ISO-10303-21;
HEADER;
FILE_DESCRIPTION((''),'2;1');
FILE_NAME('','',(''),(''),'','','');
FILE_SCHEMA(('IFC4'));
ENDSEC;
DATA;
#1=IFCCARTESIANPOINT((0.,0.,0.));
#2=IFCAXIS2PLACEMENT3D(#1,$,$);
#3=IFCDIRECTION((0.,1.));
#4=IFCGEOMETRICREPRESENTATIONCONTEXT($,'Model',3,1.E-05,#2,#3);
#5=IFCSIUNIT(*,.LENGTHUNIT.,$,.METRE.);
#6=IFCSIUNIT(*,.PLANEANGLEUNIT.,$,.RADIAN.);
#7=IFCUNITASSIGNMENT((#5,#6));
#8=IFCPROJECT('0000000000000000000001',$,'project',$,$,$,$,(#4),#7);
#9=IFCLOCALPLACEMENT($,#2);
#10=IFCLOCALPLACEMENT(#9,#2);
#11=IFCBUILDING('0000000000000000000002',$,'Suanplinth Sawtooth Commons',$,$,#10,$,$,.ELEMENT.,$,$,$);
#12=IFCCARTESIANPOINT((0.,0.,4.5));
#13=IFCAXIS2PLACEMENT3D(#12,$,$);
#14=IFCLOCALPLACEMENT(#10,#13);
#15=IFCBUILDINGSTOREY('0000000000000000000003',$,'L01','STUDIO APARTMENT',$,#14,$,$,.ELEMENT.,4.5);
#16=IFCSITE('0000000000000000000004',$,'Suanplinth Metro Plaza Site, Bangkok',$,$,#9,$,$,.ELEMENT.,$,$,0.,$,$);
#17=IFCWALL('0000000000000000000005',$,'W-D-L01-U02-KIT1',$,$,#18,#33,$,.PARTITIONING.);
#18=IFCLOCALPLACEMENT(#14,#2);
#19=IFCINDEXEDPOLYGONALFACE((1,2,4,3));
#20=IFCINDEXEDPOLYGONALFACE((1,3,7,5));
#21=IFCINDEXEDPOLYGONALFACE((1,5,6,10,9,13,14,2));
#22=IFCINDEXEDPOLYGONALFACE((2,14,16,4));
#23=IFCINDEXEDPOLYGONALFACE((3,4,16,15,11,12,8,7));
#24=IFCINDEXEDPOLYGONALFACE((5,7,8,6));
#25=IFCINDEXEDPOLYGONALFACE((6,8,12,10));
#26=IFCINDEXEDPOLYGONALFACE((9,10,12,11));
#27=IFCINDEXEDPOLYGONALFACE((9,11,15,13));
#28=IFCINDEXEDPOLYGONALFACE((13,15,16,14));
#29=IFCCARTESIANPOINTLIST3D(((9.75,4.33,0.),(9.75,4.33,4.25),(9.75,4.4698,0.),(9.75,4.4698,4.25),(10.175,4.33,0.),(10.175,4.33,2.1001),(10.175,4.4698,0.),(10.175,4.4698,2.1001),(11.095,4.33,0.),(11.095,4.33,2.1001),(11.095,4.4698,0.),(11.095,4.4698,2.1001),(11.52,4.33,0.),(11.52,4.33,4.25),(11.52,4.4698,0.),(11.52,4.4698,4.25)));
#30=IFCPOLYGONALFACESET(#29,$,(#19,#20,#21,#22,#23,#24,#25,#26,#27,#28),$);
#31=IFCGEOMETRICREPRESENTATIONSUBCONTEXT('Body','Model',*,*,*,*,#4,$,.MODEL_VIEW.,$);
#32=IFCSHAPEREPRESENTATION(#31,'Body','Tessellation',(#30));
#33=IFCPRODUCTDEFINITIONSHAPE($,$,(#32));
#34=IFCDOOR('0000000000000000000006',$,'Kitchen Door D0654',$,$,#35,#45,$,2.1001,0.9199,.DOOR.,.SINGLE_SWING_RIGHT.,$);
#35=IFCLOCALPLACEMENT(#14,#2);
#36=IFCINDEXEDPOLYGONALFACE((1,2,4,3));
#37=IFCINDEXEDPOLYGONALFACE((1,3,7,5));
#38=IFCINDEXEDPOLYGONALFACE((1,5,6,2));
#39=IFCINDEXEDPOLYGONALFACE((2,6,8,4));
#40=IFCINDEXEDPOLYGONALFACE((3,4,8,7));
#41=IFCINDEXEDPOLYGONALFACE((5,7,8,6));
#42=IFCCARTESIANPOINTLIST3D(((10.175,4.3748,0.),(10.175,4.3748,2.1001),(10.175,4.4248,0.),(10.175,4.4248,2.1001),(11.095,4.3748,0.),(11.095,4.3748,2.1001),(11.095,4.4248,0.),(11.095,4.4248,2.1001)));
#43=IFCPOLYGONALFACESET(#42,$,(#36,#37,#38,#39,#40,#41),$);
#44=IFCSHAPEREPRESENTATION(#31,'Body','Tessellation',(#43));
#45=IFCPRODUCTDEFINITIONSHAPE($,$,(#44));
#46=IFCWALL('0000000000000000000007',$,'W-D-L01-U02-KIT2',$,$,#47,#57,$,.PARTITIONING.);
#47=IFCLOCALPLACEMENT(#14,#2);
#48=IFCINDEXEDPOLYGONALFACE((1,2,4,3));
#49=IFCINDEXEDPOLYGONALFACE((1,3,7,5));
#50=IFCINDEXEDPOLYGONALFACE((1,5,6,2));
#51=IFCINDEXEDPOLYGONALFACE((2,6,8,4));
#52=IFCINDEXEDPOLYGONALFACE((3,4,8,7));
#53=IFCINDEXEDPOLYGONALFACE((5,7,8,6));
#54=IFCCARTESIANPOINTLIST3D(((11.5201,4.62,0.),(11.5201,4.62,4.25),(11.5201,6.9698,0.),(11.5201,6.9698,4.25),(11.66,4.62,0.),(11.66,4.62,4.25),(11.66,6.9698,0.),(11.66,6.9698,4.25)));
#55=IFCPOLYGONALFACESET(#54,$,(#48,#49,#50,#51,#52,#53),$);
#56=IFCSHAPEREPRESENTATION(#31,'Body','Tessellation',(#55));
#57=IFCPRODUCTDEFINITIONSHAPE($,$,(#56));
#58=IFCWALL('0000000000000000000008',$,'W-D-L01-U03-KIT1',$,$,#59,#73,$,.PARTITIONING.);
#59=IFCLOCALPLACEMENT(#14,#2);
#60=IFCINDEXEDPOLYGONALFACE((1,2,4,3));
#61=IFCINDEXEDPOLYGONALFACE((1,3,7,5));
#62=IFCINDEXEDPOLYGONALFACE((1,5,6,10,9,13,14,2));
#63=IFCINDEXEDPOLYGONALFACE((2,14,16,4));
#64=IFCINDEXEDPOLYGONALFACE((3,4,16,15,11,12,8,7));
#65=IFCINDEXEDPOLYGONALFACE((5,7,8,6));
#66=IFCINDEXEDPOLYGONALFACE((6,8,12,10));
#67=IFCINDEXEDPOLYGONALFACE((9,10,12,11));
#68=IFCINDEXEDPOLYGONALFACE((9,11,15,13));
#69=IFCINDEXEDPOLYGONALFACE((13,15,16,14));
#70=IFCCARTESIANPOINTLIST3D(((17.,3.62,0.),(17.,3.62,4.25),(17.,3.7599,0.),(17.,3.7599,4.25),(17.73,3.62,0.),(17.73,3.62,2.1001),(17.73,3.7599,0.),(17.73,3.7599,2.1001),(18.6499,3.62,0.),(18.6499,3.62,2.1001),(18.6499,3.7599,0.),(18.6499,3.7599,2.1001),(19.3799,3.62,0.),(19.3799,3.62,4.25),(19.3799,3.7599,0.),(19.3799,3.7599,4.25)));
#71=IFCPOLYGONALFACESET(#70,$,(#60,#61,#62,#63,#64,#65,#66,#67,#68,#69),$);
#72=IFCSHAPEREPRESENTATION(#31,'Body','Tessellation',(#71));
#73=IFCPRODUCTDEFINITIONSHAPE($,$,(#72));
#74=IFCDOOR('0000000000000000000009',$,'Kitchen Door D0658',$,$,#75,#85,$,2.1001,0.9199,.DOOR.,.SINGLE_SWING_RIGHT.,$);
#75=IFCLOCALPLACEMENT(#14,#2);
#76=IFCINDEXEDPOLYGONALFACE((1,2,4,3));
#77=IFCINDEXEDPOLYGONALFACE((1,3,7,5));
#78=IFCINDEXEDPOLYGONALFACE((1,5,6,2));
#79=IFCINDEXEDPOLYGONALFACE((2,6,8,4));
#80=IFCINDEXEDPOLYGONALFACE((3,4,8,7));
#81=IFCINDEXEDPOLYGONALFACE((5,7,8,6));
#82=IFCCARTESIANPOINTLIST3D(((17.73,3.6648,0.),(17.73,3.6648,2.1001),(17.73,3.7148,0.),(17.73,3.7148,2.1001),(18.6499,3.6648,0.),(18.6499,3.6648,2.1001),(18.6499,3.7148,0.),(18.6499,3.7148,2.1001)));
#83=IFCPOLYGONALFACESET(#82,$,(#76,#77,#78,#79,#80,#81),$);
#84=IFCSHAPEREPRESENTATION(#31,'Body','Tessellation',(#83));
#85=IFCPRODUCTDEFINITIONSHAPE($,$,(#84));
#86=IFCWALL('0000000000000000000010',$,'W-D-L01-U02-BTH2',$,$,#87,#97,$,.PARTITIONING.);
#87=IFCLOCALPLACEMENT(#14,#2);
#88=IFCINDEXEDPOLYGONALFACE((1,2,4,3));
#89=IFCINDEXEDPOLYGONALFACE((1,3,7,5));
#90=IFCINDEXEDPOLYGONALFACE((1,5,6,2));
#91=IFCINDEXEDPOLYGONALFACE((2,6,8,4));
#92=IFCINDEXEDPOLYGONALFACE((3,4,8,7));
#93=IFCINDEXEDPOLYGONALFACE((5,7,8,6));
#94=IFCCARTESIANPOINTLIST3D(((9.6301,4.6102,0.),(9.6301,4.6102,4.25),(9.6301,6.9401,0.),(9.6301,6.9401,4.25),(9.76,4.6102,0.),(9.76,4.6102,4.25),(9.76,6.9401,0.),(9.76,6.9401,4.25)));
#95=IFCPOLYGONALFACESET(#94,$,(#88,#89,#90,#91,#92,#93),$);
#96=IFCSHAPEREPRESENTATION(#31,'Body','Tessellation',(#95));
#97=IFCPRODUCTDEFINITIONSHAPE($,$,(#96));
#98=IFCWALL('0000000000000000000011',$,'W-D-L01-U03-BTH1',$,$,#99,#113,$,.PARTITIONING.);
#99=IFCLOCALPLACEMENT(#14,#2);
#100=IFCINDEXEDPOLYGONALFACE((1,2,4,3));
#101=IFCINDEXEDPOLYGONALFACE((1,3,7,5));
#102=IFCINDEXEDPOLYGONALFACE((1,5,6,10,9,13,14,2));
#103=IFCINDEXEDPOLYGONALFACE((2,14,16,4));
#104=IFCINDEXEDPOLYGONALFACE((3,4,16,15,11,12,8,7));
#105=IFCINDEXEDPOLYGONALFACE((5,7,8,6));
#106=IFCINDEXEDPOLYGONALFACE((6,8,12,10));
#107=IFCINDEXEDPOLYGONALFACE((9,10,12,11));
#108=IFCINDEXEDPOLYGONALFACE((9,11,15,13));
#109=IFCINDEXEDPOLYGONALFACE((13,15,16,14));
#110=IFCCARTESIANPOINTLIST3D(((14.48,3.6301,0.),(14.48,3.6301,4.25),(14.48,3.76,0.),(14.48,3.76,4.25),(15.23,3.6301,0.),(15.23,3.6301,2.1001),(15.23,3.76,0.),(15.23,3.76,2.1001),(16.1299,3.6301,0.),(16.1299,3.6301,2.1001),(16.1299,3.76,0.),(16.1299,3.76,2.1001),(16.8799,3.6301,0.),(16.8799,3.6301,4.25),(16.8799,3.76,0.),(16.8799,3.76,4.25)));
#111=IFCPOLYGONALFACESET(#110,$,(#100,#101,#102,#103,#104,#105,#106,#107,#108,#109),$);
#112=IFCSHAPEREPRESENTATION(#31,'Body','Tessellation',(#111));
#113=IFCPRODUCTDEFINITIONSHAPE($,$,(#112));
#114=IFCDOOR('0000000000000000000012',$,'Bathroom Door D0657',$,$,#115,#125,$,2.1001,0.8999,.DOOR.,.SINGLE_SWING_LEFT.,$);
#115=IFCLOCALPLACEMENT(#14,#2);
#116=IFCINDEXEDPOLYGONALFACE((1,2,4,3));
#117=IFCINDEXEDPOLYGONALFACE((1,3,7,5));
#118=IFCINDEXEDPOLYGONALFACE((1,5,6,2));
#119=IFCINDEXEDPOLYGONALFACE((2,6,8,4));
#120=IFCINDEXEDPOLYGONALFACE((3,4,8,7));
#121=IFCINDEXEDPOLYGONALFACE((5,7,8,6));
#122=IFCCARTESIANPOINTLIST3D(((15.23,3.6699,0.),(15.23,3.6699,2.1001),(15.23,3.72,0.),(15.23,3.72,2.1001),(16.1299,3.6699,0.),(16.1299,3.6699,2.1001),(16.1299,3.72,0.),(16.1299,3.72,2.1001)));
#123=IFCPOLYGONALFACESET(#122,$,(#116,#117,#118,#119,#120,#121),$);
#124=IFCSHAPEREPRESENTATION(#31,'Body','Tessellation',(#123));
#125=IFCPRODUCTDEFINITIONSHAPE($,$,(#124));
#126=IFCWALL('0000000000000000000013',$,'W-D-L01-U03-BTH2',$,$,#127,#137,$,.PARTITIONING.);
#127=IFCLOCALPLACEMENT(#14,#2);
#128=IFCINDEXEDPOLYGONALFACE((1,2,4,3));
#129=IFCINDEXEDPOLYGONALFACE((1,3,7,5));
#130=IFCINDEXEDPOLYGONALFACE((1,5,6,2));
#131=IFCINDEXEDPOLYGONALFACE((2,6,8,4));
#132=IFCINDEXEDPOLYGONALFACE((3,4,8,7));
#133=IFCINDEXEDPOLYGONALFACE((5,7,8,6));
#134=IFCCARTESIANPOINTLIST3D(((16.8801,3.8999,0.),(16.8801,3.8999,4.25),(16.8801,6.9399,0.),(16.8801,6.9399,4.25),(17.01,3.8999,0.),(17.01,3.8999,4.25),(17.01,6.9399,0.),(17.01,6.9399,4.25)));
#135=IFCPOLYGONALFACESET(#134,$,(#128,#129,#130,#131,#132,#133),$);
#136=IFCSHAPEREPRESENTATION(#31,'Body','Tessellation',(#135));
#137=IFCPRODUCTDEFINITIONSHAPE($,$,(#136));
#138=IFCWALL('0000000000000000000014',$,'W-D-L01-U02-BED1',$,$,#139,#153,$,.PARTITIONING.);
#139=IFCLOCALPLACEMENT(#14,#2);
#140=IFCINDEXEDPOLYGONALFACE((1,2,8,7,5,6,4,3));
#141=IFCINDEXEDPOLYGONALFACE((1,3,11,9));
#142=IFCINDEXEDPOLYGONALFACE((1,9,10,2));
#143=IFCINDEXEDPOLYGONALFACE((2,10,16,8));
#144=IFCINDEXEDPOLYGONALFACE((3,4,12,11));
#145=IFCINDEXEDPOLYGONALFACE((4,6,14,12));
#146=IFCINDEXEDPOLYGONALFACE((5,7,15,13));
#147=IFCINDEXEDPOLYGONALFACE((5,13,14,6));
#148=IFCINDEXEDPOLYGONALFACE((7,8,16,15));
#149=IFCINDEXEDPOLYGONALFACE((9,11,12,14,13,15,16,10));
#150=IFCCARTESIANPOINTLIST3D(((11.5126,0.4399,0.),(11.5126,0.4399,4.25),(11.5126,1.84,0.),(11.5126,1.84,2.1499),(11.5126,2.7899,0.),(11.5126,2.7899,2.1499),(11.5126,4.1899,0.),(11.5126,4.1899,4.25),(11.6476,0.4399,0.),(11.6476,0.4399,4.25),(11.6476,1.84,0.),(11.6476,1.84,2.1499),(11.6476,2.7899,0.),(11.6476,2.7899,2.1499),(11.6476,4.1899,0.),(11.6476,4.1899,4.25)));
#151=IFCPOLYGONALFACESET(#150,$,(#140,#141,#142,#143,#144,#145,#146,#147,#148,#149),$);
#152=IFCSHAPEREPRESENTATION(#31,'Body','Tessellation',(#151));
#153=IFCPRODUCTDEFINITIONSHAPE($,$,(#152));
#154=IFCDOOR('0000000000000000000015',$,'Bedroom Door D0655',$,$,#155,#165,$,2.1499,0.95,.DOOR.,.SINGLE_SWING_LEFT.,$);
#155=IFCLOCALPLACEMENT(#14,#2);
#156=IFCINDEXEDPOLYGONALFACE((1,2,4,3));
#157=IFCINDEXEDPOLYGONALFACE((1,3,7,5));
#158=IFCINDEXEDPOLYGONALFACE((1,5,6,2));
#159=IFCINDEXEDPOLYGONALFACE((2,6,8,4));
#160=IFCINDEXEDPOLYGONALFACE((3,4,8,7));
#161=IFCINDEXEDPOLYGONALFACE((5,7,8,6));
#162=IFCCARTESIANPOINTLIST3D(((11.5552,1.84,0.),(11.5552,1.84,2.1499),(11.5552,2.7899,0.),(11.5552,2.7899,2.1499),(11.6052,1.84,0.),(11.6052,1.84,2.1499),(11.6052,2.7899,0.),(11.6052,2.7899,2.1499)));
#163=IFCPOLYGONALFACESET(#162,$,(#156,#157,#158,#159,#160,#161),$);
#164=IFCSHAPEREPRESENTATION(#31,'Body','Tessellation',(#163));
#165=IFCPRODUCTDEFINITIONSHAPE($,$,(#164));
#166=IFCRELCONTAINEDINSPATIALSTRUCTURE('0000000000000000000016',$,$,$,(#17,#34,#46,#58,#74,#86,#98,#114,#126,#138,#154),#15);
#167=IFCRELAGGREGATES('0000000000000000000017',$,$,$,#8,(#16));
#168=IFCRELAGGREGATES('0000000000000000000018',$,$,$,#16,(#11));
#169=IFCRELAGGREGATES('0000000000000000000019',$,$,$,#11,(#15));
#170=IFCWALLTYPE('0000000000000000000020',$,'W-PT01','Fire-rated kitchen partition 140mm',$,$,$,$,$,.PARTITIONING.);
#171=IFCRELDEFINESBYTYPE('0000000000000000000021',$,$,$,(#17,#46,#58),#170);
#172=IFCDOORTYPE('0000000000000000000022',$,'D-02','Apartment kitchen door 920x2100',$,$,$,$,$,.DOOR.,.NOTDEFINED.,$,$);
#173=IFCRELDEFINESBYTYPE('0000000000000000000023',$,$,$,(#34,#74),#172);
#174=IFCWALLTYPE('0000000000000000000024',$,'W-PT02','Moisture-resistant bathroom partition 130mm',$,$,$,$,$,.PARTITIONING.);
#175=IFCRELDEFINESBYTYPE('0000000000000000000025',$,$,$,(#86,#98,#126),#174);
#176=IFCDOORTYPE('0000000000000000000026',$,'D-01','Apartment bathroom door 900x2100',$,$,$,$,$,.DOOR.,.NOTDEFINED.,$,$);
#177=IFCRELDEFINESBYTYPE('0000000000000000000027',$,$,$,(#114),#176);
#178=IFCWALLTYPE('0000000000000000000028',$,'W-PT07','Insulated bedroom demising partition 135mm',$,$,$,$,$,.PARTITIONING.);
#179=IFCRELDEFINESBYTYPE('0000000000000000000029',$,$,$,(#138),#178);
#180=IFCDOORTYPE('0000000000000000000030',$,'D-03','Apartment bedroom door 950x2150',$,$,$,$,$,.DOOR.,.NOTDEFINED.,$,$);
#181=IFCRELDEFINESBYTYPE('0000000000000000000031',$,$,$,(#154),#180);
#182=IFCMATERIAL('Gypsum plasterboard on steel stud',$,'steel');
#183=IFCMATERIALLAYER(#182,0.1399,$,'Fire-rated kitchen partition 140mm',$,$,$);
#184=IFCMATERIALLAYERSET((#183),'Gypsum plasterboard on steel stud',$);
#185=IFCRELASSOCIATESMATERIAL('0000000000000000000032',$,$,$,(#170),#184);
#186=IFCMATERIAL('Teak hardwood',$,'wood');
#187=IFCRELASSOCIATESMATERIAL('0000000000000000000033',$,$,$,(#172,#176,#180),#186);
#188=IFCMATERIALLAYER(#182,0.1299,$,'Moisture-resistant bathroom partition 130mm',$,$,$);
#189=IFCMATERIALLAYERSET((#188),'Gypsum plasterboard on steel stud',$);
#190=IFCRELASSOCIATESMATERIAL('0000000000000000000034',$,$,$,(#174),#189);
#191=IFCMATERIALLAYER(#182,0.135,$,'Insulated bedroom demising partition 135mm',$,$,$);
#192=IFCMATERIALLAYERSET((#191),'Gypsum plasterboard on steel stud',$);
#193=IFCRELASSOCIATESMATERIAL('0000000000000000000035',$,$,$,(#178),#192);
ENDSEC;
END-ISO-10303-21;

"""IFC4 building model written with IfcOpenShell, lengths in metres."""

from ifc_helpers import new_model, si_unit, direction, frame, frame_2d, origin, place, context, subcontext, project, spatial, rectangle, extrude, material, layer, layer_set, type_object, element, fill, save


model = new_model("IFC4")

# Units and contexts
model_context = context("Model", 3, precision=1e-05, world=origin(), true_north=direction((0.0, 1.0)))
body_context = subcontext(model_context, "Body", "Model", "MODEL_VIEW")
ifc_project = project(units=[si_unit("LENGTHUNIT", "METRE"), si_unit("PLANEANGLEUNIT", "RADIAN")], contexts=[model_context])

# Site, building, storey
site_placement = place(None, origin())
site = spatial("IfcSite", under=ifc_project, at=site_placement, Name="Suanplinth Metro Plaza Site, Bangkok", CompositionType="ELEMENT", RefElevation=0.0)
building_placement = place(site_placement, origin())
building = spatial("IfcBuilding", under=site, at=building_placement, Name="Suanplinth Sawtooth Commons", CompositionType="ELEMENT")
storey_placement = place(building_placement, frame((0.0, 0.0, 4.5)))
storey = spatial("IfcBuildingStorey", under=building, at=storey_placement, Name="L01", Description="STUDIO APARTMENT", CompositionType="ELEMENT", Elevation=4.5)

# Wall, opening, door
ifc_material_1 = material(Name="Gypsum plasterboard on steel stud", Category="steel")
ifc_layer_1 = layer(ifc_material_1, 0.1399, Name="Fire-rated kitchen partition 140mm")
ifc_layer_set_1 = layer_set([ifc_layer_1], Name="Gypsum plasterboard on steel stud")
wall_type_1 = type_object("IfcWallType", Name="W-PT01", Description="Fire-rated kitchen partition 140mm", PredefinedType="PARTITIONING", material=ifc_layer_set_1)
wall_1_placement = place(storey_placement, frame((9.75, 4.3999, 0.0), z_axis=(0.0, 0.0, 1.0), x_axis=(1.0, 0.0, 0.0)))
wall_1 = element("IfcWall", 1, at=wall_1_placement, inside=storey, type_object=wall_type_1, Name="W-D-L01-U02-KIT1", PredefinedType="PARTITIONING", context=body_context, shape_type="SweptSolid", body=[
    extrude(rectangle(XDim=1.77, YDim=0.1399, at=frame_2d((0.885, 0.0))), origin(), (0.0, 0.0, 1.0), 4.25),
])
opening_1_placement = place(wall_1_placement, frame((0.425, 0.0, 0.0)))
opening_1 = element("IfcOpeningElement", 2, at=opening_1_placement, cuts=wall_1, PredefinedType="OPENING", context=body_context, shape_type="SweptSolid", body=[
    extrude(rectangle(XDim=0.9199, YDim=2.1001, at=frame_2d((0.46, 1.05))), frame((0.0, 0.085, 0.0), z_axis=(0.0, -1.0, 0.0), x_axis=(1.0, 0.0, 0.0)), (0.0, 0.0, 1.0), 0.1697),
])
ifc_material_2 = material(Name="Teak hardwood", Category="wood")
door_type_1 = type_object("IfcDoorType", Name="D-02", Description="Apartment kitchen door 920x2100", OperationType="NOTDEFINED", PredefinedType="DOOR", material=ifc_material_2)
door_1_placement = place(opening_1_placement, origin())
door_1 = element("IfcDoor", 3, at=door_1_placement, inside=storey, type_object=door_type_1, Name="Kitchen Door D0654", OperationType="SINGLE_SWING_RIGHT", OverallHeight=2.1001, OverallWidth=0.9199, PredefinedType="DOOR", context=body_context, shape_type="SweptSolid", body=[
    extrude(rectangle(XDim=0.9199, YDim=2.1001, at=frame_2d((0.46, 1.05))), frame((0.0, 0.0249, 0.0), z_axis=(0.0, -1.0, 0.0), x_axis=(1.0, 0.0, 0.0)), (0.0, 0.0, 1.0), 0.05),
])
fill(opening_1, door_1)

# Wall
wall_2_placement = place(storey_placement, frame((11.5901, 4.6201, 0.0), z_axis=(0.0, 0.0, 1.0), x_axis=(0.0, 1.0, 0.0)))
element("IfcWall", 4, at=wall_2_placement, inside=storey, type_object=wall_type_1, Name="W-D-L01-U02-KIT2", PredefinedType="PARTITIONING", context=body_context, shape_type="SweptSolid", body=[
    extrude(rectangle(XDim=2.3499, YDim=0.1399, at=frame_2d((1.1748, 0.0))), origin(), (0.0, 0.0, 1.0), 4.25),
])

# Wall, opening, door
wall_3_placement = place(storey_placement, frame((17.0, 3.6899, 0.0), z_axis=(0.0, 0.0, 1.0), x_axis=(1.0, 0.0, 0.0)))
wall_3 = element("IfcWall", 5, at=wall_3_placement, inside=storey, type_object=wall_type_1, Name="W-D-L01-U03-KIT1", PredefinedType="PARTITIONING", context=body_context, shape_type="SweptSolid", body=[
    extrude(rectangle(XDim=2.3799, YDim=0.1399, at=frame_2d((1.1899, 0.0))), origin(), (0.0, 0.0, 1.0), 4.25),
])
opening_2_placement = place(wall_3_placement, frame((0.73, 0.0, 0.0)))
opening_2 = element("IfcOpeningElement", 6, at=opening_2_placement, cuts=wall_3, PredefinedType="OPENING", context=body_context, shape_type="SweptSolid", body=[
    extrude(rectangle(XDim=0.9199, YDim=2.1001, at=frame_2d((0.46, 1.05))), frame((0.0, 0.085, 0.0), z_axis=(0.0, -1.0, 0.0), x_axis=(1.0, 0.0, 0.0)), (0.0, 0.0, 1.0), 0.1697),
])
door_2_placement = place(opening_2_placement, origin())
door_2 = element("IfcDoor", 7, at=door_2_placement, inside=storey, type_object=door_type_1, Name="Kitchen Door D0658", OperationType="SINGLE_SWING_RIGHT", OverallHeight=2.1001, OverallWidth=0.9199, PredefinedType="DOOR", context=body_context, shape_type="SweptSolid", body=[
    extrude(rectangle(XDim=0.9199, YDim=2.1001, at=frame_2d((0.46, 1.05))), frame((0.0, 0.0249, 0.0), z_axis=(0.0, -1.0, 0.0), x_axis=(1.0, 0.0, 0.0)), (0.0, 0.0, 1.0), 0.05),
])
fill(opening_2, door_2)

# Wall
ifc_layer_2 = layer(ifc_material_1, 0.1299, Name="Moisture-resistant bathroom partition 130mm")
ifc_layer_set_2 = layer_set([ifc_layer_2], Name="Gypsum plasterboard on steel stud")
wall_type_2 = type_object("IfcWallType", Name="W-PT02", Description="Moisture-resistant bathroom partition 130mm", PredefinedType="PARTITIONING", material=ifc_layer_set_2)
wall_4_placement = place(storey_placement, frame((9.6951, 4.6101, 0.0), z_axis=(0.0, 0.0, 1.0), x_axis=(0.0, 1.0, 0.0)))
element("IfcWall", 8, at=wall_4_placement, inside=storey, type_object=wall_type_2, Name="W-D-L01-U02-BTH2", PredefinedType="PARTITIONING", context=body_context, shape_type="SweptSolid", body=[
    extrude(rectangle(XDim=2.3298, YDim=0.1299, at=frame_2d((1.165, 0.0))), origin(), (0.0, 0.0, 1.0), 4.25),
])

# Wall, opening, door
wall_5_placement = place(storey_placement, frame((14.48, 3.6951, 0.0), z_axis=(0.0, 0.0, 1.0), x_axis=(1.0, 0.0, 0.0)))
wall_5 = element("IfcWall", 9, at=wall_5_placement, inside=storey, type_object=wall_type_2, Name="W-D-L01-U03-BTH1", PredefinedType="PARTITIONING", context=body_context, shape_type="SweptSolid", body=[
    extrude(rectangle(XDim=2.3999, YDim=0.1299, at=frame_2d((1.2, 0.0))), origin(), (0.0, 0.0, 1.0), 4.25),
])
opening_3_placement = place(wall_5_placement, frame((0.75, 0.0, 0.0)))
opening_3 = element("IfcOpeningElement", 10, at=opening_3_placement, cuts=wall_5, PredefinedType="OPENING", context=body_context, shape_type="SweptSolid", body=[
    extrude(rectangle(XDim=0.8999, YDim=2.1001, at=frame_2d((0.45, 1.05))), frame((0.0, 0.0798, 0.0), z_axis=(0.0, -1.0, 0.0), x_axis=(1.0, 0.0, 0.0)), (0.0, 0.0, 1.0), 0.1597),
])
door_type_2 = type_object("IfcDoorType", Name="D-01", Description="Apartment bathroom door 900x2100", OperationType="NOTDEFINED", PredefinedType="DOOR", material=ifc_material_2)
door_3_placement = place(opening_3_placement, origin())
door_3 = element("IfcDoor", 11, at=door_3_placement, inside=storey, type_object=door_type_2, Name="Bathroom Door D0657", OperationType="SINGLE_SWING_LEFT", OverallHeight=2.1001, OverallWidth=0.8999, PredefinedType="DOOR", context=body_context, shape_type="SweptSolid", body=[
    extrude(rectangle(XDim=0.8999, YDim=2.1001, at=frame_2d((0.45, 1.05))), frame((0.0, 0.0249, 0.0), z_axis=(0.0, -1.0, 0.0), x_axis=(1.0, 0.0, 0.0)), (0.0, 0.0, 1.0), 0.05),
])
fill(opening_3, door_3)

# Wall
wall_6_placement = place(storey_placement, frame((16.9451, 3.8999, 0.0), z_axis=(0.0, 0.0, 1.0), x_axis=(0.0, 1.0, 0.0)))
element("IfcWall", 12, at=wall_6_placement, inside=storey, type_object=wall_type_2, Name="W-D-L01-U03-BTH2", PredefinedType="PARTITIONING", context=body_context, shape_type="SweptSolid", body=[
    extrude(rectangle(XDim=3.04, YDim=0.1299, at=frame_2d((1.52, 0.0))), origin(), (0.0, 0.0, 1.0), 4.25),
])

# Wall, opening, door
ifc_layer_3 = layer(ifc_material_1, 0.135, Name="Insulated bedroom demising partition 135mm")
ifc_layer_set_3 = layer_set([ifc_layer_3], Name="Gypsum plasterboard on steel stud")
wall_type_3 = type_object("IfcWallType", Name="W-PT07", Description="Insulated bedroom demising partition 135mm", PredefinedType="PARTITIONING", material=ifc_layer_set_3)
wall_7_placement = place(storey_placement, frame((11.5801, 0.4399, 0.0), z_axis=(0.0, 0.0, 1.0), x_axis=(0.0, 1.0, 0.0)))
wall_7 = element("IfcWall", 13, at=wall_7_placement, inside=storey, type_object=wall_type_3, Name="W-D-L01-U02-BED1", PredefinedType="PARTITIONING", context=body_context, shape_type="SweptSolid", body=[
    extrude(rectangle(XDim=3.75, YDim=0.135, at=frame_2d((1.875, 0.0))), origin(), (0.0, 0.0, 1.0), 4.25),
])
opening_4_placement = place(wall_7_placement, frame((1.3999, 0.0, 0.0)))
opening_4 = element("IfcOpeningElement", 14, at=opening_4_placement, cuts=wall_7, PredefinedType="OPENING", context=body_context, shape_type="SweptSolid", body=[
    extrude(rectangle(XDim=0.95, YDim=2.1499, at=frame_2d((0.4751, 1.075))), frame((0.0, 0.0825, 0.0), z_axis=(0.0, -1.0, 0.0), x_axis=(1.0, 0.0, 0.0)), (0.0, 0.0, 1.0), 0.1648),
])
door_type_3 = type_object("IfcDoorType", Name="D-03", Description="Apartment bedroom door 950x2150", OperationType="NOTDEFINED", PredefinedType="DOOR", material=ifc_material_2)
door_4_placement = place(opening_4_placement, origin())
door_4 = element("IfcDoor", 15, at=door_4_placement, inside=storey, type_object=door_type_3, Name="Bedroom Door D0655", OperationType="SINGLE_SWING_LEFT", OverallHeight=2.1499, OverallWidth=0.95, PredefinedType="DOOR", context=body_context, shape_type="SweptSolid", body=[
    extrude(rectangle(XDim=0.95, YDim=2.1499, at=frame_2d((0.4751, 1.075))), frame((0.0, 0.0249, 0.0), z_axis=(0.0, -1.0, 0.0), x_axis=(1.0, 0.0, 0.0)), (0.0, 0.0, 1.0), 0.05),
])
fill(opening_4, door_4)

save(model, "model.ifc")
